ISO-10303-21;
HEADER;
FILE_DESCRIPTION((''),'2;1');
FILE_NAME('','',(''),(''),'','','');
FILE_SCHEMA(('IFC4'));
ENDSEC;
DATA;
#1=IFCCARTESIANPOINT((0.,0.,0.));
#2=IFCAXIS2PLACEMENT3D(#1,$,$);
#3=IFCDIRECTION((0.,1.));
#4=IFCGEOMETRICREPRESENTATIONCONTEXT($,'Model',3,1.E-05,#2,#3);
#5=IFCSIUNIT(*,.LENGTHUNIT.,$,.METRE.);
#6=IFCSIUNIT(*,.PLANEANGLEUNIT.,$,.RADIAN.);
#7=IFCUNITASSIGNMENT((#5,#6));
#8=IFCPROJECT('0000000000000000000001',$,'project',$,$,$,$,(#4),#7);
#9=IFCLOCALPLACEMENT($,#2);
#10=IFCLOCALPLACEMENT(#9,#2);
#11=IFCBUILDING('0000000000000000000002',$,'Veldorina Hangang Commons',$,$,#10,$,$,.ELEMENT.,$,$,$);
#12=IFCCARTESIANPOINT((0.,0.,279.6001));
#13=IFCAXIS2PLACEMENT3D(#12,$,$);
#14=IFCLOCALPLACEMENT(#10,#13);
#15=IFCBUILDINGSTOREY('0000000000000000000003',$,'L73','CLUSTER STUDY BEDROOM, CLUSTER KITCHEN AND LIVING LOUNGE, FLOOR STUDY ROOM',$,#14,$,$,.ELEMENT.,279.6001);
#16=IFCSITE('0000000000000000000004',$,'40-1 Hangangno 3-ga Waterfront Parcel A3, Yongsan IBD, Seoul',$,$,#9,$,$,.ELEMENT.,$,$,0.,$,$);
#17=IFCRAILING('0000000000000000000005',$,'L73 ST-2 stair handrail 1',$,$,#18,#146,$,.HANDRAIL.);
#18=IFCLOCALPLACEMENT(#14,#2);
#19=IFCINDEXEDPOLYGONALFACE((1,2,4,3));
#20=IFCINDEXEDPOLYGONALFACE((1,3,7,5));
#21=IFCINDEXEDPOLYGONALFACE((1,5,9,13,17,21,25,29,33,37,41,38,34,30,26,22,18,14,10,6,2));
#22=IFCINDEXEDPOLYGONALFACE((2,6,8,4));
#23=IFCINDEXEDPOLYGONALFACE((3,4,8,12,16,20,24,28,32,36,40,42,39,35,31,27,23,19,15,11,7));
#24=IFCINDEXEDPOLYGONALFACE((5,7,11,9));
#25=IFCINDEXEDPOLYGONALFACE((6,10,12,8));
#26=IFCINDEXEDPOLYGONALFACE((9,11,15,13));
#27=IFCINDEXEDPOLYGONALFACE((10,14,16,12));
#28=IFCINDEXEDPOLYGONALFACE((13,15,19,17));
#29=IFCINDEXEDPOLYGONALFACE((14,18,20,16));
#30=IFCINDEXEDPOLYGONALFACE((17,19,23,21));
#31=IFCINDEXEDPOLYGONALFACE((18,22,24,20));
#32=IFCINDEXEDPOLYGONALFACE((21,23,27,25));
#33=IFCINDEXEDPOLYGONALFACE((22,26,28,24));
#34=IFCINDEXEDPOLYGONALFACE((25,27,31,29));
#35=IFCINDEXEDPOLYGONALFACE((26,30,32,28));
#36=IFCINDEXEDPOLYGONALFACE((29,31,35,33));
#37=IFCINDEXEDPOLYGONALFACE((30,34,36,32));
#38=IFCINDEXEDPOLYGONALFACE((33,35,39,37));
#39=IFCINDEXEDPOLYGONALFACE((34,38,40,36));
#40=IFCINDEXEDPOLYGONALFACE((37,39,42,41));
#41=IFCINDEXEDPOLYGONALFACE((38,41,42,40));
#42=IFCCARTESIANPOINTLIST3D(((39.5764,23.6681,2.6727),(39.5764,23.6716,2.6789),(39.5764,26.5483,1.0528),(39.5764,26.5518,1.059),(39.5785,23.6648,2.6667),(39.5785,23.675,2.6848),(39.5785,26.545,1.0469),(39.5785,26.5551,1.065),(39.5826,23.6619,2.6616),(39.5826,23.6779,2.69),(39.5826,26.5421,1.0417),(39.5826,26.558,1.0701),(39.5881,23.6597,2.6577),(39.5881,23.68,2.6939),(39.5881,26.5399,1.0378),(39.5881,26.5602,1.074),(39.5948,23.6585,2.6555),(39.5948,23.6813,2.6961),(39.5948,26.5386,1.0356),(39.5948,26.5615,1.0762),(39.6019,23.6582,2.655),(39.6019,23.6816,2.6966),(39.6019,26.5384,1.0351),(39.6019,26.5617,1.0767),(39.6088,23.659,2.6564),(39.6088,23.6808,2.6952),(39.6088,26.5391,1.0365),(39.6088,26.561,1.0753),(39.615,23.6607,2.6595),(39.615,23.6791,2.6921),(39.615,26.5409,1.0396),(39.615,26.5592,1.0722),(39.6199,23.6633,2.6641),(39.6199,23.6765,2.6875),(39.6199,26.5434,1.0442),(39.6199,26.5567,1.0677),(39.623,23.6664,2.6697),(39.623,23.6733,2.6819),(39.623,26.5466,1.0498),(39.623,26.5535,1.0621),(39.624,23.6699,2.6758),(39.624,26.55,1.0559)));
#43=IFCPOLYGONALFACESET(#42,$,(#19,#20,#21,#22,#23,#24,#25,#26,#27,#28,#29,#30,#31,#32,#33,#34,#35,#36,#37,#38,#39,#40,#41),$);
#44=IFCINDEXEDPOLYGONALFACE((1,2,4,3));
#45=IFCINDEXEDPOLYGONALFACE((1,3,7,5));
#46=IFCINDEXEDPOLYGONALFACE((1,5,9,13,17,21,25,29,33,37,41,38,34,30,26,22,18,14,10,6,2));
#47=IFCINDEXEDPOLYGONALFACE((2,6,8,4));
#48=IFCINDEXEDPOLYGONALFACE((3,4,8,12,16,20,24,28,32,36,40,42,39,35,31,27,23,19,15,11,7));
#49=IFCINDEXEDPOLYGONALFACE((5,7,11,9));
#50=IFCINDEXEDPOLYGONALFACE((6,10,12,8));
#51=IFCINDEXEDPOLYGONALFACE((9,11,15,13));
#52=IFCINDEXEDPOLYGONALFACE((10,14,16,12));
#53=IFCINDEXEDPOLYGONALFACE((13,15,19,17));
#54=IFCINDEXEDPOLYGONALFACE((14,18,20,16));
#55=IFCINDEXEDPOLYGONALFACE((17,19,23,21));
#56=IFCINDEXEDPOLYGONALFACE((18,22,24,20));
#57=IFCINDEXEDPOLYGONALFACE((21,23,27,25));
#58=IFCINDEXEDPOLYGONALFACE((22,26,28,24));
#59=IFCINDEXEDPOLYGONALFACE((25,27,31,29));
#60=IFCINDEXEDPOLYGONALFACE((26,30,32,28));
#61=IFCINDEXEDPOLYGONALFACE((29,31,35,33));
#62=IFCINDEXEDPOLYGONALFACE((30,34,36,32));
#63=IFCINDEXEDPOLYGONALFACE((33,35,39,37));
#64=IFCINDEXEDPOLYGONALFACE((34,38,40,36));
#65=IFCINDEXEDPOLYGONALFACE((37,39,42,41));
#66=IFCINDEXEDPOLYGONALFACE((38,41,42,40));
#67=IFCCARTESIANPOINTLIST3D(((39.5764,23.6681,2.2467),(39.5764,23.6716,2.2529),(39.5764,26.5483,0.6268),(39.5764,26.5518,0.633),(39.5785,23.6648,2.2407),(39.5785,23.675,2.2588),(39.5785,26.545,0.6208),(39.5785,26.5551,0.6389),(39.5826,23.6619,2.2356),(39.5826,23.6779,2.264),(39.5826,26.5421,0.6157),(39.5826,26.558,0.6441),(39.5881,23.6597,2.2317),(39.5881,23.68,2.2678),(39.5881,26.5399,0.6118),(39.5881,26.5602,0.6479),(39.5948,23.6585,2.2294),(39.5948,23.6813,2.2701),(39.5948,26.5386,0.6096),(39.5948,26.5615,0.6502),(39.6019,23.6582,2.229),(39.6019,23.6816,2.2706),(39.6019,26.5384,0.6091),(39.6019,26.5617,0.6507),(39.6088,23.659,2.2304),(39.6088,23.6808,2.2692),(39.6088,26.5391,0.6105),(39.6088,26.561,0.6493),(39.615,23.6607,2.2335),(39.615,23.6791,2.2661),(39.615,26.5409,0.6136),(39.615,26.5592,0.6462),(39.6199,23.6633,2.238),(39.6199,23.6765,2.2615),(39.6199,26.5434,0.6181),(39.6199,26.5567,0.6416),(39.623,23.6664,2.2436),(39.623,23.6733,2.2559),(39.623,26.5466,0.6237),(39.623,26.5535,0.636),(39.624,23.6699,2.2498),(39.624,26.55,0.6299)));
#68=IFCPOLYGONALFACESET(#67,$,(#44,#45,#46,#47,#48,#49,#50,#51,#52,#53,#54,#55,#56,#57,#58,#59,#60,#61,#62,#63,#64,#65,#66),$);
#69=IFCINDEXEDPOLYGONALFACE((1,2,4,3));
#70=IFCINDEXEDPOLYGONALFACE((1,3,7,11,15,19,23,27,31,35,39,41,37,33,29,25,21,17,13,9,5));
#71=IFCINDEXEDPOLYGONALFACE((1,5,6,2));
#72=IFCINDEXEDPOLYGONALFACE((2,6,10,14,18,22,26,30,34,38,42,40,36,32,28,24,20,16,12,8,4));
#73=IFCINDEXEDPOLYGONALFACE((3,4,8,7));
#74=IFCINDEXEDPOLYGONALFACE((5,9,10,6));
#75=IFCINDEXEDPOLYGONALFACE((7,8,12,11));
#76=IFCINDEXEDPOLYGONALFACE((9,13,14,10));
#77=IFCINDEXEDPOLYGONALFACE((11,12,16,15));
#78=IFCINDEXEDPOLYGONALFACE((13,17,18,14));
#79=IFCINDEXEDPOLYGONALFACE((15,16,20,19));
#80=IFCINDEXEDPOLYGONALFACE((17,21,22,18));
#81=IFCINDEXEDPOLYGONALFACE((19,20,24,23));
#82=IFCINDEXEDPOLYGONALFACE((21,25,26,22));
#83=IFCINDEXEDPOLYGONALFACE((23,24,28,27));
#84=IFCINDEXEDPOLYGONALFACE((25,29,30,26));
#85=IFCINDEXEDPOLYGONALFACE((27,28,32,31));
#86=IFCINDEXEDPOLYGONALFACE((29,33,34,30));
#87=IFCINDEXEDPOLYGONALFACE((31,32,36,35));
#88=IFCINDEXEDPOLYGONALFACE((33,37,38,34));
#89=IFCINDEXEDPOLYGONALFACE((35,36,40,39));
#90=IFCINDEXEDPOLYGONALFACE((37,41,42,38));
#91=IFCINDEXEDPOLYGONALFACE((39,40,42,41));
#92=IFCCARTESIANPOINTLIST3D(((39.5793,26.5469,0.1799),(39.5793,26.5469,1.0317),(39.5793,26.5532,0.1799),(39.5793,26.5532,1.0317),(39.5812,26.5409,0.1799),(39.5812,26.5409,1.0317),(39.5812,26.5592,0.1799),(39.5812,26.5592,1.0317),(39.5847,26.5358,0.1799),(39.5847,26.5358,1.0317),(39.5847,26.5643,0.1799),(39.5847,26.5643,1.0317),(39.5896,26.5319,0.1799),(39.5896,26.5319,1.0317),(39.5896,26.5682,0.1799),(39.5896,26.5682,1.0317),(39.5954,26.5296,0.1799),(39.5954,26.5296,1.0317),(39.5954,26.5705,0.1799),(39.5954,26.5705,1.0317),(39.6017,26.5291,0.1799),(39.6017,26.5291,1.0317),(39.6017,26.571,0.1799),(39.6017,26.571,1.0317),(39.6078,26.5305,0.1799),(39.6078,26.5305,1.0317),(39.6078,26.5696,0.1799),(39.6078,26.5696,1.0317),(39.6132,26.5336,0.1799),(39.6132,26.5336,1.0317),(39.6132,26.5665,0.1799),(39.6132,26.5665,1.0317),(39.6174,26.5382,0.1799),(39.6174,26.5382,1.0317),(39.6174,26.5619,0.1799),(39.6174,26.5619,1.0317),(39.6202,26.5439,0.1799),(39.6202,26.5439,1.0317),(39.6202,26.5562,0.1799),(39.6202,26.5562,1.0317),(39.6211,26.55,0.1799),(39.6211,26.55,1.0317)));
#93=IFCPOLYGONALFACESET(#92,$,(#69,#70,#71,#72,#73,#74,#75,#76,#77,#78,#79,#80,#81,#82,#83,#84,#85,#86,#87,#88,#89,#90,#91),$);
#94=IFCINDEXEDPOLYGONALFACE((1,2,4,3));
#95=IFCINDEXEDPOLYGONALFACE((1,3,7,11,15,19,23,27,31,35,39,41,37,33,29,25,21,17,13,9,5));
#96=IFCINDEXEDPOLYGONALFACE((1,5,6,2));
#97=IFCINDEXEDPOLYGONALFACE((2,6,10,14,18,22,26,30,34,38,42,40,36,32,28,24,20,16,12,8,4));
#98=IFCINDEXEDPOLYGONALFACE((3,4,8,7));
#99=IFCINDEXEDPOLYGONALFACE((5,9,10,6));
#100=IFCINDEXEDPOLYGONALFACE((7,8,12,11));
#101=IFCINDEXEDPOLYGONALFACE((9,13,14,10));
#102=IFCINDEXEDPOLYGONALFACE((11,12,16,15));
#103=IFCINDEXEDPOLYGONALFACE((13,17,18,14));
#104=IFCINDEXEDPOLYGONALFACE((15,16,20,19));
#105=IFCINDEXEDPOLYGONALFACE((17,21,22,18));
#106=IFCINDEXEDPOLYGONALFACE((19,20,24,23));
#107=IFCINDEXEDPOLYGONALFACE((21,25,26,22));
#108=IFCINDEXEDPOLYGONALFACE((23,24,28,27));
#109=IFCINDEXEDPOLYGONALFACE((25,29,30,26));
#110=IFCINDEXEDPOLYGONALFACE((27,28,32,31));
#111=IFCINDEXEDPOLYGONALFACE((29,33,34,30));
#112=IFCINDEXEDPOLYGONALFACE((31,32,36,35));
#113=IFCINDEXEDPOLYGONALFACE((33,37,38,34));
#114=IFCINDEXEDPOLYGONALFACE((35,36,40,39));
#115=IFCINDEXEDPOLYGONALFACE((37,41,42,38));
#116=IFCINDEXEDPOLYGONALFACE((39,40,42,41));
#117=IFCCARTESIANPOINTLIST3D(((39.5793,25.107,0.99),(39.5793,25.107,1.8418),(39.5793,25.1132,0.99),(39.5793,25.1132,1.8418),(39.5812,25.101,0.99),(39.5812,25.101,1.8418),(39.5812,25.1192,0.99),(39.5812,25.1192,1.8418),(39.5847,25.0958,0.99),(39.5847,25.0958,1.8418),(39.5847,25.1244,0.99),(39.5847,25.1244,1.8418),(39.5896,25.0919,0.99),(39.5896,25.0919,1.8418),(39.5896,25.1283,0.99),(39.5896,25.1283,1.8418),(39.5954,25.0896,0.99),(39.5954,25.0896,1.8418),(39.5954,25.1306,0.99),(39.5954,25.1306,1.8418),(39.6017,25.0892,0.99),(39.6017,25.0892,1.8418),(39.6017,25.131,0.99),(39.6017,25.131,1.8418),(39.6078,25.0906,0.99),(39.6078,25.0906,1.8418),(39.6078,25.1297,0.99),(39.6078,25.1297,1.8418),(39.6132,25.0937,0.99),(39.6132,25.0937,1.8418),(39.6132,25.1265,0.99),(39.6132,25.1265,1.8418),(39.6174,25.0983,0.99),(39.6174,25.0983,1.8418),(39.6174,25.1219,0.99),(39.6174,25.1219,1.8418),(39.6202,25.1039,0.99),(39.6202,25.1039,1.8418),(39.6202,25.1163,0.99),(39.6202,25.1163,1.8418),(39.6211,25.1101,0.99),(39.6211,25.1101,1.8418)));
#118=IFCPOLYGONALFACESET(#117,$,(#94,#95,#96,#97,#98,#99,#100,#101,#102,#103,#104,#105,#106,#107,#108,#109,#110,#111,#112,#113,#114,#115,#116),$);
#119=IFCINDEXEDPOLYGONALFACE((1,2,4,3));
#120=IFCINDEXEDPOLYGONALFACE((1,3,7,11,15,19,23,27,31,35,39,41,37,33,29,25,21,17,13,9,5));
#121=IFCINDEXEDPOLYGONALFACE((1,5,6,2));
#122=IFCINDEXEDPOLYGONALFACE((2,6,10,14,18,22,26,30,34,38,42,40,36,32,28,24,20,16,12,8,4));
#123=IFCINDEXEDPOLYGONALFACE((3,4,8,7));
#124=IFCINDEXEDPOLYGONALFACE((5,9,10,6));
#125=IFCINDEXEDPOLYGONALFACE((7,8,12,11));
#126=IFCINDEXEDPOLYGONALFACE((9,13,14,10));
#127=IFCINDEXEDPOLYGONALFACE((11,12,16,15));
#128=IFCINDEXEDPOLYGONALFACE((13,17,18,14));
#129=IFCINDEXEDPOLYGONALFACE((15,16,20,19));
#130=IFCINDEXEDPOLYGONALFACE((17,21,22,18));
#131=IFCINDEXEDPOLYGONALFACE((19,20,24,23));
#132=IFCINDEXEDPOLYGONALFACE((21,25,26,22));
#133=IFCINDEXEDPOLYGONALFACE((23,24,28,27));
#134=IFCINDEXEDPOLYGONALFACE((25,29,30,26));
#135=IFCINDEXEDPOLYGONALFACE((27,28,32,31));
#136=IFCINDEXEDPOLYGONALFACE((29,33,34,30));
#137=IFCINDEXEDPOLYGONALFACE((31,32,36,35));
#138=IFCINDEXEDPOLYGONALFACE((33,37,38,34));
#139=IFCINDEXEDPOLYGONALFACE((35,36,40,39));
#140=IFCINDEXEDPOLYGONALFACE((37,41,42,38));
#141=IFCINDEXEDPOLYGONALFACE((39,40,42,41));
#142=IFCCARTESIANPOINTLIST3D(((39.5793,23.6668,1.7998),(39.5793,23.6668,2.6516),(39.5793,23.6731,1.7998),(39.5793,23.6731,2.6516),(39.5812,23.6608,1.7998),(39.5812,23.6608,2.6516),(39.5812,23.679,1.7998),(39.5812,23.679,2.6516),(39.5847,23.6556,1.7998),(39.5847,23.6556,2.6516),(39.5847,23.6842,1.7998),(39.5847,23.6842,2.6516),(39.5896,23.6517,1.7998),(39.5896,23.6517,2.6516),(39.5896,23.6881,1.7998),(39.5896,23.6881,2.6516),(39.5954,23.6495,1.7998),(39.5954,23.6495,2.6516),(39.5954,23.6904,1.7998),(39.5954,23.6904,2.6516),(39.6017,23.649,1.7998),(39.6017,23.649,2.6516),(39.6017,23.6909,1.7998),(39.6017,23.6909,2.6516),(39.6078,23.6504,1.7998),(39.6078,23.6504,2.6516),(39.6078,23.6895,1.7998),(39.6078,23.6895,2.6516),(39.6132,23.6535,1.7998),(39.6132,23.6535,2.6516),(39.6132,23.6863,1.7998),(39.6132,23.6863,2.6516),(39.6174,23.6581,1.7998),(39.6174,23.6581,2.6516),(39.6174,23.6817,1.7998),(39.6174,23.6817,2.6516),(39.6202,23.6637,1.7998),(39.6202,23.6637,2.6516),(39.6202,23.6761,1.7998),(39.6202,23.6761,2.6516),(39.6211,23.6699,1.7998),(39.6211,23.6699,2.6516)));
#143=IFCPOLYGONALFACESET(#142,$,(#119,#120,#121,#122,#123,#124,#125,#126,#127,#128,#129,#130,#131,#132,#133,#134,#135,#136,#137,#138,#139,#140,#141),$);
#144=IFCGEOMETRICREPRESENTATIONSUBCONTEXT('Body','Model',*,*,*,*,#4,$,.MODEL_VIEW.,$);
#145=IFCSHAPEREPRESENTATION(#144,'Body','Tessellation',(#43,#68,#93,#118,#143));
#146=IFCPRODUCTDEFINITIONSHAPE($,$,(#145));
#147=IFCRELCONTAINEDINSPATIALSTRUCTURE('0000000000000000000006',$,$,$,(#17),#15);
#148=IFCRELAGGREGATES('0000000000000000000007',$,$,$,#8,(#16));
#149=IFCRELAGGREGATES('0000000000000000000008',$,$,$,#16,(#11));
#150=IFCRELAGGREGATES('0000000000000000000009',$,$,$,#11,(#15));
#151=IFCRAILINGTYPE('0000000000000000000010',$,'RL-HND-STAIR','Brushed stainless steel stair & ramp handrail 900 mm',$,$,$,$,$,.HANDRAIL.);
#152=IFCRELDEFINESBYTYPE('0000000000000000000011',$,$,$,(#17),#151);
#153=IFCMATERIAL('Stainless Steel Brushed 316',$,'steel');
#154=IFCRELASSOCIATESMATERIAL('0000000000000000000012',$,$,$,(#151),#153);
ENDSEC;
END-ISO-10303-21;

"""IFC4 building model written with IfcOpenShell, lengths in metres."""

from ifc_helpers import new_model, si_unit, direction, frame, origin, origin_2d, place, context, subcontext, project, spatial, circle, extrude, material, type_object, element, save


model = new_model("IFC4")

# Units and contexts
model_context = context("Model", 3, precision=1e-05, world=origin(), true_north=direction((0.0, 1.0)))
body_context = subcontext(model_context, "Body", "Model", "MODEL_VIEW")
ifc_project = project(units=[si_unit("LENGTHUNIT", "METRE"), si_unit("PLANEANGLEUNIT", "RADIAN")], contexts=[model_context])

# Site, building, storey
site_placement = place(None, origin())
site = spatial("IfcSite", under=ifc_project, at=site_placement, Name="40-1 Hangangno 3-ga Waterfront Parcel A3, Yongsan IBD, Seoul", CompositionType="ELEMENT", RefElevation=0.0)
building_placement = place(site_placement, origin())
building = spatial("IfcBuilding", under=site, at=building_placement, Name="Veldorina Hangang Commons", CompositionType="ELEMENT")
storey_placement = place(building_placement, frame((0.0, 0.0, 279.6001)))
storey = spatial("IfcBuildingStorey", under=building, at=storey_placement, Name="L73", Description="CLUSTER STUDY BEDROOM, CLUSTER KITCHEN AND LIVING LOUNGE, FLOOR STUDY ROOM", CompositionType="ELEMENT", Elevation=279.6001)

# Railing
ifc_material_1 = material(Name="Stainless Steel Brushed 316", Category="steel")
railing_type_1 = type_object("IfcRailingType", Name="RL-HND-STAIR", Description="Brushed stainless steel stair & ramp handrail 900 mm", PredefinedType="HANDRAIL", material=ifc_material_1)
railing_1_placement = place(storey_placement, frame((39.6001, 26.55, 0.1799)))
element("IfcRailing", 1, at=railing_1_placement, inside=storey, type_object=railing_type_1, Name="L73 ST-2 stair handrail 1", PredefinedType="HANDRAIL", context=body_context, shape_type="SweptSolid", body=[
    extrude(circle(Radius=0.0239, at=origin_2d()), frame((0.0, 0.0, 0.876), z_axis=(0.0, -0.871601, 0.490216), x_axis=(1.0, 0.0, 0.0)), (0.0, 0.0, 1.0), 3.3044),
    extrude(circle(Radius=0.0239, at=origin_2d()), frame((0.0, 0.0, 0.45), z_axis=(0.0, -0.871601, 0.490216), x_axis=(1.0, 0.0, 0.0)), (0.0, 0.0, 1.0), 3.3044),
    extrude(circle(Radius=0.021, at=origin_2d()), origin(), (0.0, 0.0, 1.0), 0.8518),
    extrude(circle(Radius=0.021, at=origin_2d()), frame((0.0, -1.4399, 0.8101)), (0.0, 0.0, 1.0), 0.8518),
    extrude(circle(Radius=0.021, at=origin_2d()), frame((0.0, -2.8801, 1.6199)), (0.0, 0.0, 1.0), 0.8518),
])

save(model, "model.ifc")
